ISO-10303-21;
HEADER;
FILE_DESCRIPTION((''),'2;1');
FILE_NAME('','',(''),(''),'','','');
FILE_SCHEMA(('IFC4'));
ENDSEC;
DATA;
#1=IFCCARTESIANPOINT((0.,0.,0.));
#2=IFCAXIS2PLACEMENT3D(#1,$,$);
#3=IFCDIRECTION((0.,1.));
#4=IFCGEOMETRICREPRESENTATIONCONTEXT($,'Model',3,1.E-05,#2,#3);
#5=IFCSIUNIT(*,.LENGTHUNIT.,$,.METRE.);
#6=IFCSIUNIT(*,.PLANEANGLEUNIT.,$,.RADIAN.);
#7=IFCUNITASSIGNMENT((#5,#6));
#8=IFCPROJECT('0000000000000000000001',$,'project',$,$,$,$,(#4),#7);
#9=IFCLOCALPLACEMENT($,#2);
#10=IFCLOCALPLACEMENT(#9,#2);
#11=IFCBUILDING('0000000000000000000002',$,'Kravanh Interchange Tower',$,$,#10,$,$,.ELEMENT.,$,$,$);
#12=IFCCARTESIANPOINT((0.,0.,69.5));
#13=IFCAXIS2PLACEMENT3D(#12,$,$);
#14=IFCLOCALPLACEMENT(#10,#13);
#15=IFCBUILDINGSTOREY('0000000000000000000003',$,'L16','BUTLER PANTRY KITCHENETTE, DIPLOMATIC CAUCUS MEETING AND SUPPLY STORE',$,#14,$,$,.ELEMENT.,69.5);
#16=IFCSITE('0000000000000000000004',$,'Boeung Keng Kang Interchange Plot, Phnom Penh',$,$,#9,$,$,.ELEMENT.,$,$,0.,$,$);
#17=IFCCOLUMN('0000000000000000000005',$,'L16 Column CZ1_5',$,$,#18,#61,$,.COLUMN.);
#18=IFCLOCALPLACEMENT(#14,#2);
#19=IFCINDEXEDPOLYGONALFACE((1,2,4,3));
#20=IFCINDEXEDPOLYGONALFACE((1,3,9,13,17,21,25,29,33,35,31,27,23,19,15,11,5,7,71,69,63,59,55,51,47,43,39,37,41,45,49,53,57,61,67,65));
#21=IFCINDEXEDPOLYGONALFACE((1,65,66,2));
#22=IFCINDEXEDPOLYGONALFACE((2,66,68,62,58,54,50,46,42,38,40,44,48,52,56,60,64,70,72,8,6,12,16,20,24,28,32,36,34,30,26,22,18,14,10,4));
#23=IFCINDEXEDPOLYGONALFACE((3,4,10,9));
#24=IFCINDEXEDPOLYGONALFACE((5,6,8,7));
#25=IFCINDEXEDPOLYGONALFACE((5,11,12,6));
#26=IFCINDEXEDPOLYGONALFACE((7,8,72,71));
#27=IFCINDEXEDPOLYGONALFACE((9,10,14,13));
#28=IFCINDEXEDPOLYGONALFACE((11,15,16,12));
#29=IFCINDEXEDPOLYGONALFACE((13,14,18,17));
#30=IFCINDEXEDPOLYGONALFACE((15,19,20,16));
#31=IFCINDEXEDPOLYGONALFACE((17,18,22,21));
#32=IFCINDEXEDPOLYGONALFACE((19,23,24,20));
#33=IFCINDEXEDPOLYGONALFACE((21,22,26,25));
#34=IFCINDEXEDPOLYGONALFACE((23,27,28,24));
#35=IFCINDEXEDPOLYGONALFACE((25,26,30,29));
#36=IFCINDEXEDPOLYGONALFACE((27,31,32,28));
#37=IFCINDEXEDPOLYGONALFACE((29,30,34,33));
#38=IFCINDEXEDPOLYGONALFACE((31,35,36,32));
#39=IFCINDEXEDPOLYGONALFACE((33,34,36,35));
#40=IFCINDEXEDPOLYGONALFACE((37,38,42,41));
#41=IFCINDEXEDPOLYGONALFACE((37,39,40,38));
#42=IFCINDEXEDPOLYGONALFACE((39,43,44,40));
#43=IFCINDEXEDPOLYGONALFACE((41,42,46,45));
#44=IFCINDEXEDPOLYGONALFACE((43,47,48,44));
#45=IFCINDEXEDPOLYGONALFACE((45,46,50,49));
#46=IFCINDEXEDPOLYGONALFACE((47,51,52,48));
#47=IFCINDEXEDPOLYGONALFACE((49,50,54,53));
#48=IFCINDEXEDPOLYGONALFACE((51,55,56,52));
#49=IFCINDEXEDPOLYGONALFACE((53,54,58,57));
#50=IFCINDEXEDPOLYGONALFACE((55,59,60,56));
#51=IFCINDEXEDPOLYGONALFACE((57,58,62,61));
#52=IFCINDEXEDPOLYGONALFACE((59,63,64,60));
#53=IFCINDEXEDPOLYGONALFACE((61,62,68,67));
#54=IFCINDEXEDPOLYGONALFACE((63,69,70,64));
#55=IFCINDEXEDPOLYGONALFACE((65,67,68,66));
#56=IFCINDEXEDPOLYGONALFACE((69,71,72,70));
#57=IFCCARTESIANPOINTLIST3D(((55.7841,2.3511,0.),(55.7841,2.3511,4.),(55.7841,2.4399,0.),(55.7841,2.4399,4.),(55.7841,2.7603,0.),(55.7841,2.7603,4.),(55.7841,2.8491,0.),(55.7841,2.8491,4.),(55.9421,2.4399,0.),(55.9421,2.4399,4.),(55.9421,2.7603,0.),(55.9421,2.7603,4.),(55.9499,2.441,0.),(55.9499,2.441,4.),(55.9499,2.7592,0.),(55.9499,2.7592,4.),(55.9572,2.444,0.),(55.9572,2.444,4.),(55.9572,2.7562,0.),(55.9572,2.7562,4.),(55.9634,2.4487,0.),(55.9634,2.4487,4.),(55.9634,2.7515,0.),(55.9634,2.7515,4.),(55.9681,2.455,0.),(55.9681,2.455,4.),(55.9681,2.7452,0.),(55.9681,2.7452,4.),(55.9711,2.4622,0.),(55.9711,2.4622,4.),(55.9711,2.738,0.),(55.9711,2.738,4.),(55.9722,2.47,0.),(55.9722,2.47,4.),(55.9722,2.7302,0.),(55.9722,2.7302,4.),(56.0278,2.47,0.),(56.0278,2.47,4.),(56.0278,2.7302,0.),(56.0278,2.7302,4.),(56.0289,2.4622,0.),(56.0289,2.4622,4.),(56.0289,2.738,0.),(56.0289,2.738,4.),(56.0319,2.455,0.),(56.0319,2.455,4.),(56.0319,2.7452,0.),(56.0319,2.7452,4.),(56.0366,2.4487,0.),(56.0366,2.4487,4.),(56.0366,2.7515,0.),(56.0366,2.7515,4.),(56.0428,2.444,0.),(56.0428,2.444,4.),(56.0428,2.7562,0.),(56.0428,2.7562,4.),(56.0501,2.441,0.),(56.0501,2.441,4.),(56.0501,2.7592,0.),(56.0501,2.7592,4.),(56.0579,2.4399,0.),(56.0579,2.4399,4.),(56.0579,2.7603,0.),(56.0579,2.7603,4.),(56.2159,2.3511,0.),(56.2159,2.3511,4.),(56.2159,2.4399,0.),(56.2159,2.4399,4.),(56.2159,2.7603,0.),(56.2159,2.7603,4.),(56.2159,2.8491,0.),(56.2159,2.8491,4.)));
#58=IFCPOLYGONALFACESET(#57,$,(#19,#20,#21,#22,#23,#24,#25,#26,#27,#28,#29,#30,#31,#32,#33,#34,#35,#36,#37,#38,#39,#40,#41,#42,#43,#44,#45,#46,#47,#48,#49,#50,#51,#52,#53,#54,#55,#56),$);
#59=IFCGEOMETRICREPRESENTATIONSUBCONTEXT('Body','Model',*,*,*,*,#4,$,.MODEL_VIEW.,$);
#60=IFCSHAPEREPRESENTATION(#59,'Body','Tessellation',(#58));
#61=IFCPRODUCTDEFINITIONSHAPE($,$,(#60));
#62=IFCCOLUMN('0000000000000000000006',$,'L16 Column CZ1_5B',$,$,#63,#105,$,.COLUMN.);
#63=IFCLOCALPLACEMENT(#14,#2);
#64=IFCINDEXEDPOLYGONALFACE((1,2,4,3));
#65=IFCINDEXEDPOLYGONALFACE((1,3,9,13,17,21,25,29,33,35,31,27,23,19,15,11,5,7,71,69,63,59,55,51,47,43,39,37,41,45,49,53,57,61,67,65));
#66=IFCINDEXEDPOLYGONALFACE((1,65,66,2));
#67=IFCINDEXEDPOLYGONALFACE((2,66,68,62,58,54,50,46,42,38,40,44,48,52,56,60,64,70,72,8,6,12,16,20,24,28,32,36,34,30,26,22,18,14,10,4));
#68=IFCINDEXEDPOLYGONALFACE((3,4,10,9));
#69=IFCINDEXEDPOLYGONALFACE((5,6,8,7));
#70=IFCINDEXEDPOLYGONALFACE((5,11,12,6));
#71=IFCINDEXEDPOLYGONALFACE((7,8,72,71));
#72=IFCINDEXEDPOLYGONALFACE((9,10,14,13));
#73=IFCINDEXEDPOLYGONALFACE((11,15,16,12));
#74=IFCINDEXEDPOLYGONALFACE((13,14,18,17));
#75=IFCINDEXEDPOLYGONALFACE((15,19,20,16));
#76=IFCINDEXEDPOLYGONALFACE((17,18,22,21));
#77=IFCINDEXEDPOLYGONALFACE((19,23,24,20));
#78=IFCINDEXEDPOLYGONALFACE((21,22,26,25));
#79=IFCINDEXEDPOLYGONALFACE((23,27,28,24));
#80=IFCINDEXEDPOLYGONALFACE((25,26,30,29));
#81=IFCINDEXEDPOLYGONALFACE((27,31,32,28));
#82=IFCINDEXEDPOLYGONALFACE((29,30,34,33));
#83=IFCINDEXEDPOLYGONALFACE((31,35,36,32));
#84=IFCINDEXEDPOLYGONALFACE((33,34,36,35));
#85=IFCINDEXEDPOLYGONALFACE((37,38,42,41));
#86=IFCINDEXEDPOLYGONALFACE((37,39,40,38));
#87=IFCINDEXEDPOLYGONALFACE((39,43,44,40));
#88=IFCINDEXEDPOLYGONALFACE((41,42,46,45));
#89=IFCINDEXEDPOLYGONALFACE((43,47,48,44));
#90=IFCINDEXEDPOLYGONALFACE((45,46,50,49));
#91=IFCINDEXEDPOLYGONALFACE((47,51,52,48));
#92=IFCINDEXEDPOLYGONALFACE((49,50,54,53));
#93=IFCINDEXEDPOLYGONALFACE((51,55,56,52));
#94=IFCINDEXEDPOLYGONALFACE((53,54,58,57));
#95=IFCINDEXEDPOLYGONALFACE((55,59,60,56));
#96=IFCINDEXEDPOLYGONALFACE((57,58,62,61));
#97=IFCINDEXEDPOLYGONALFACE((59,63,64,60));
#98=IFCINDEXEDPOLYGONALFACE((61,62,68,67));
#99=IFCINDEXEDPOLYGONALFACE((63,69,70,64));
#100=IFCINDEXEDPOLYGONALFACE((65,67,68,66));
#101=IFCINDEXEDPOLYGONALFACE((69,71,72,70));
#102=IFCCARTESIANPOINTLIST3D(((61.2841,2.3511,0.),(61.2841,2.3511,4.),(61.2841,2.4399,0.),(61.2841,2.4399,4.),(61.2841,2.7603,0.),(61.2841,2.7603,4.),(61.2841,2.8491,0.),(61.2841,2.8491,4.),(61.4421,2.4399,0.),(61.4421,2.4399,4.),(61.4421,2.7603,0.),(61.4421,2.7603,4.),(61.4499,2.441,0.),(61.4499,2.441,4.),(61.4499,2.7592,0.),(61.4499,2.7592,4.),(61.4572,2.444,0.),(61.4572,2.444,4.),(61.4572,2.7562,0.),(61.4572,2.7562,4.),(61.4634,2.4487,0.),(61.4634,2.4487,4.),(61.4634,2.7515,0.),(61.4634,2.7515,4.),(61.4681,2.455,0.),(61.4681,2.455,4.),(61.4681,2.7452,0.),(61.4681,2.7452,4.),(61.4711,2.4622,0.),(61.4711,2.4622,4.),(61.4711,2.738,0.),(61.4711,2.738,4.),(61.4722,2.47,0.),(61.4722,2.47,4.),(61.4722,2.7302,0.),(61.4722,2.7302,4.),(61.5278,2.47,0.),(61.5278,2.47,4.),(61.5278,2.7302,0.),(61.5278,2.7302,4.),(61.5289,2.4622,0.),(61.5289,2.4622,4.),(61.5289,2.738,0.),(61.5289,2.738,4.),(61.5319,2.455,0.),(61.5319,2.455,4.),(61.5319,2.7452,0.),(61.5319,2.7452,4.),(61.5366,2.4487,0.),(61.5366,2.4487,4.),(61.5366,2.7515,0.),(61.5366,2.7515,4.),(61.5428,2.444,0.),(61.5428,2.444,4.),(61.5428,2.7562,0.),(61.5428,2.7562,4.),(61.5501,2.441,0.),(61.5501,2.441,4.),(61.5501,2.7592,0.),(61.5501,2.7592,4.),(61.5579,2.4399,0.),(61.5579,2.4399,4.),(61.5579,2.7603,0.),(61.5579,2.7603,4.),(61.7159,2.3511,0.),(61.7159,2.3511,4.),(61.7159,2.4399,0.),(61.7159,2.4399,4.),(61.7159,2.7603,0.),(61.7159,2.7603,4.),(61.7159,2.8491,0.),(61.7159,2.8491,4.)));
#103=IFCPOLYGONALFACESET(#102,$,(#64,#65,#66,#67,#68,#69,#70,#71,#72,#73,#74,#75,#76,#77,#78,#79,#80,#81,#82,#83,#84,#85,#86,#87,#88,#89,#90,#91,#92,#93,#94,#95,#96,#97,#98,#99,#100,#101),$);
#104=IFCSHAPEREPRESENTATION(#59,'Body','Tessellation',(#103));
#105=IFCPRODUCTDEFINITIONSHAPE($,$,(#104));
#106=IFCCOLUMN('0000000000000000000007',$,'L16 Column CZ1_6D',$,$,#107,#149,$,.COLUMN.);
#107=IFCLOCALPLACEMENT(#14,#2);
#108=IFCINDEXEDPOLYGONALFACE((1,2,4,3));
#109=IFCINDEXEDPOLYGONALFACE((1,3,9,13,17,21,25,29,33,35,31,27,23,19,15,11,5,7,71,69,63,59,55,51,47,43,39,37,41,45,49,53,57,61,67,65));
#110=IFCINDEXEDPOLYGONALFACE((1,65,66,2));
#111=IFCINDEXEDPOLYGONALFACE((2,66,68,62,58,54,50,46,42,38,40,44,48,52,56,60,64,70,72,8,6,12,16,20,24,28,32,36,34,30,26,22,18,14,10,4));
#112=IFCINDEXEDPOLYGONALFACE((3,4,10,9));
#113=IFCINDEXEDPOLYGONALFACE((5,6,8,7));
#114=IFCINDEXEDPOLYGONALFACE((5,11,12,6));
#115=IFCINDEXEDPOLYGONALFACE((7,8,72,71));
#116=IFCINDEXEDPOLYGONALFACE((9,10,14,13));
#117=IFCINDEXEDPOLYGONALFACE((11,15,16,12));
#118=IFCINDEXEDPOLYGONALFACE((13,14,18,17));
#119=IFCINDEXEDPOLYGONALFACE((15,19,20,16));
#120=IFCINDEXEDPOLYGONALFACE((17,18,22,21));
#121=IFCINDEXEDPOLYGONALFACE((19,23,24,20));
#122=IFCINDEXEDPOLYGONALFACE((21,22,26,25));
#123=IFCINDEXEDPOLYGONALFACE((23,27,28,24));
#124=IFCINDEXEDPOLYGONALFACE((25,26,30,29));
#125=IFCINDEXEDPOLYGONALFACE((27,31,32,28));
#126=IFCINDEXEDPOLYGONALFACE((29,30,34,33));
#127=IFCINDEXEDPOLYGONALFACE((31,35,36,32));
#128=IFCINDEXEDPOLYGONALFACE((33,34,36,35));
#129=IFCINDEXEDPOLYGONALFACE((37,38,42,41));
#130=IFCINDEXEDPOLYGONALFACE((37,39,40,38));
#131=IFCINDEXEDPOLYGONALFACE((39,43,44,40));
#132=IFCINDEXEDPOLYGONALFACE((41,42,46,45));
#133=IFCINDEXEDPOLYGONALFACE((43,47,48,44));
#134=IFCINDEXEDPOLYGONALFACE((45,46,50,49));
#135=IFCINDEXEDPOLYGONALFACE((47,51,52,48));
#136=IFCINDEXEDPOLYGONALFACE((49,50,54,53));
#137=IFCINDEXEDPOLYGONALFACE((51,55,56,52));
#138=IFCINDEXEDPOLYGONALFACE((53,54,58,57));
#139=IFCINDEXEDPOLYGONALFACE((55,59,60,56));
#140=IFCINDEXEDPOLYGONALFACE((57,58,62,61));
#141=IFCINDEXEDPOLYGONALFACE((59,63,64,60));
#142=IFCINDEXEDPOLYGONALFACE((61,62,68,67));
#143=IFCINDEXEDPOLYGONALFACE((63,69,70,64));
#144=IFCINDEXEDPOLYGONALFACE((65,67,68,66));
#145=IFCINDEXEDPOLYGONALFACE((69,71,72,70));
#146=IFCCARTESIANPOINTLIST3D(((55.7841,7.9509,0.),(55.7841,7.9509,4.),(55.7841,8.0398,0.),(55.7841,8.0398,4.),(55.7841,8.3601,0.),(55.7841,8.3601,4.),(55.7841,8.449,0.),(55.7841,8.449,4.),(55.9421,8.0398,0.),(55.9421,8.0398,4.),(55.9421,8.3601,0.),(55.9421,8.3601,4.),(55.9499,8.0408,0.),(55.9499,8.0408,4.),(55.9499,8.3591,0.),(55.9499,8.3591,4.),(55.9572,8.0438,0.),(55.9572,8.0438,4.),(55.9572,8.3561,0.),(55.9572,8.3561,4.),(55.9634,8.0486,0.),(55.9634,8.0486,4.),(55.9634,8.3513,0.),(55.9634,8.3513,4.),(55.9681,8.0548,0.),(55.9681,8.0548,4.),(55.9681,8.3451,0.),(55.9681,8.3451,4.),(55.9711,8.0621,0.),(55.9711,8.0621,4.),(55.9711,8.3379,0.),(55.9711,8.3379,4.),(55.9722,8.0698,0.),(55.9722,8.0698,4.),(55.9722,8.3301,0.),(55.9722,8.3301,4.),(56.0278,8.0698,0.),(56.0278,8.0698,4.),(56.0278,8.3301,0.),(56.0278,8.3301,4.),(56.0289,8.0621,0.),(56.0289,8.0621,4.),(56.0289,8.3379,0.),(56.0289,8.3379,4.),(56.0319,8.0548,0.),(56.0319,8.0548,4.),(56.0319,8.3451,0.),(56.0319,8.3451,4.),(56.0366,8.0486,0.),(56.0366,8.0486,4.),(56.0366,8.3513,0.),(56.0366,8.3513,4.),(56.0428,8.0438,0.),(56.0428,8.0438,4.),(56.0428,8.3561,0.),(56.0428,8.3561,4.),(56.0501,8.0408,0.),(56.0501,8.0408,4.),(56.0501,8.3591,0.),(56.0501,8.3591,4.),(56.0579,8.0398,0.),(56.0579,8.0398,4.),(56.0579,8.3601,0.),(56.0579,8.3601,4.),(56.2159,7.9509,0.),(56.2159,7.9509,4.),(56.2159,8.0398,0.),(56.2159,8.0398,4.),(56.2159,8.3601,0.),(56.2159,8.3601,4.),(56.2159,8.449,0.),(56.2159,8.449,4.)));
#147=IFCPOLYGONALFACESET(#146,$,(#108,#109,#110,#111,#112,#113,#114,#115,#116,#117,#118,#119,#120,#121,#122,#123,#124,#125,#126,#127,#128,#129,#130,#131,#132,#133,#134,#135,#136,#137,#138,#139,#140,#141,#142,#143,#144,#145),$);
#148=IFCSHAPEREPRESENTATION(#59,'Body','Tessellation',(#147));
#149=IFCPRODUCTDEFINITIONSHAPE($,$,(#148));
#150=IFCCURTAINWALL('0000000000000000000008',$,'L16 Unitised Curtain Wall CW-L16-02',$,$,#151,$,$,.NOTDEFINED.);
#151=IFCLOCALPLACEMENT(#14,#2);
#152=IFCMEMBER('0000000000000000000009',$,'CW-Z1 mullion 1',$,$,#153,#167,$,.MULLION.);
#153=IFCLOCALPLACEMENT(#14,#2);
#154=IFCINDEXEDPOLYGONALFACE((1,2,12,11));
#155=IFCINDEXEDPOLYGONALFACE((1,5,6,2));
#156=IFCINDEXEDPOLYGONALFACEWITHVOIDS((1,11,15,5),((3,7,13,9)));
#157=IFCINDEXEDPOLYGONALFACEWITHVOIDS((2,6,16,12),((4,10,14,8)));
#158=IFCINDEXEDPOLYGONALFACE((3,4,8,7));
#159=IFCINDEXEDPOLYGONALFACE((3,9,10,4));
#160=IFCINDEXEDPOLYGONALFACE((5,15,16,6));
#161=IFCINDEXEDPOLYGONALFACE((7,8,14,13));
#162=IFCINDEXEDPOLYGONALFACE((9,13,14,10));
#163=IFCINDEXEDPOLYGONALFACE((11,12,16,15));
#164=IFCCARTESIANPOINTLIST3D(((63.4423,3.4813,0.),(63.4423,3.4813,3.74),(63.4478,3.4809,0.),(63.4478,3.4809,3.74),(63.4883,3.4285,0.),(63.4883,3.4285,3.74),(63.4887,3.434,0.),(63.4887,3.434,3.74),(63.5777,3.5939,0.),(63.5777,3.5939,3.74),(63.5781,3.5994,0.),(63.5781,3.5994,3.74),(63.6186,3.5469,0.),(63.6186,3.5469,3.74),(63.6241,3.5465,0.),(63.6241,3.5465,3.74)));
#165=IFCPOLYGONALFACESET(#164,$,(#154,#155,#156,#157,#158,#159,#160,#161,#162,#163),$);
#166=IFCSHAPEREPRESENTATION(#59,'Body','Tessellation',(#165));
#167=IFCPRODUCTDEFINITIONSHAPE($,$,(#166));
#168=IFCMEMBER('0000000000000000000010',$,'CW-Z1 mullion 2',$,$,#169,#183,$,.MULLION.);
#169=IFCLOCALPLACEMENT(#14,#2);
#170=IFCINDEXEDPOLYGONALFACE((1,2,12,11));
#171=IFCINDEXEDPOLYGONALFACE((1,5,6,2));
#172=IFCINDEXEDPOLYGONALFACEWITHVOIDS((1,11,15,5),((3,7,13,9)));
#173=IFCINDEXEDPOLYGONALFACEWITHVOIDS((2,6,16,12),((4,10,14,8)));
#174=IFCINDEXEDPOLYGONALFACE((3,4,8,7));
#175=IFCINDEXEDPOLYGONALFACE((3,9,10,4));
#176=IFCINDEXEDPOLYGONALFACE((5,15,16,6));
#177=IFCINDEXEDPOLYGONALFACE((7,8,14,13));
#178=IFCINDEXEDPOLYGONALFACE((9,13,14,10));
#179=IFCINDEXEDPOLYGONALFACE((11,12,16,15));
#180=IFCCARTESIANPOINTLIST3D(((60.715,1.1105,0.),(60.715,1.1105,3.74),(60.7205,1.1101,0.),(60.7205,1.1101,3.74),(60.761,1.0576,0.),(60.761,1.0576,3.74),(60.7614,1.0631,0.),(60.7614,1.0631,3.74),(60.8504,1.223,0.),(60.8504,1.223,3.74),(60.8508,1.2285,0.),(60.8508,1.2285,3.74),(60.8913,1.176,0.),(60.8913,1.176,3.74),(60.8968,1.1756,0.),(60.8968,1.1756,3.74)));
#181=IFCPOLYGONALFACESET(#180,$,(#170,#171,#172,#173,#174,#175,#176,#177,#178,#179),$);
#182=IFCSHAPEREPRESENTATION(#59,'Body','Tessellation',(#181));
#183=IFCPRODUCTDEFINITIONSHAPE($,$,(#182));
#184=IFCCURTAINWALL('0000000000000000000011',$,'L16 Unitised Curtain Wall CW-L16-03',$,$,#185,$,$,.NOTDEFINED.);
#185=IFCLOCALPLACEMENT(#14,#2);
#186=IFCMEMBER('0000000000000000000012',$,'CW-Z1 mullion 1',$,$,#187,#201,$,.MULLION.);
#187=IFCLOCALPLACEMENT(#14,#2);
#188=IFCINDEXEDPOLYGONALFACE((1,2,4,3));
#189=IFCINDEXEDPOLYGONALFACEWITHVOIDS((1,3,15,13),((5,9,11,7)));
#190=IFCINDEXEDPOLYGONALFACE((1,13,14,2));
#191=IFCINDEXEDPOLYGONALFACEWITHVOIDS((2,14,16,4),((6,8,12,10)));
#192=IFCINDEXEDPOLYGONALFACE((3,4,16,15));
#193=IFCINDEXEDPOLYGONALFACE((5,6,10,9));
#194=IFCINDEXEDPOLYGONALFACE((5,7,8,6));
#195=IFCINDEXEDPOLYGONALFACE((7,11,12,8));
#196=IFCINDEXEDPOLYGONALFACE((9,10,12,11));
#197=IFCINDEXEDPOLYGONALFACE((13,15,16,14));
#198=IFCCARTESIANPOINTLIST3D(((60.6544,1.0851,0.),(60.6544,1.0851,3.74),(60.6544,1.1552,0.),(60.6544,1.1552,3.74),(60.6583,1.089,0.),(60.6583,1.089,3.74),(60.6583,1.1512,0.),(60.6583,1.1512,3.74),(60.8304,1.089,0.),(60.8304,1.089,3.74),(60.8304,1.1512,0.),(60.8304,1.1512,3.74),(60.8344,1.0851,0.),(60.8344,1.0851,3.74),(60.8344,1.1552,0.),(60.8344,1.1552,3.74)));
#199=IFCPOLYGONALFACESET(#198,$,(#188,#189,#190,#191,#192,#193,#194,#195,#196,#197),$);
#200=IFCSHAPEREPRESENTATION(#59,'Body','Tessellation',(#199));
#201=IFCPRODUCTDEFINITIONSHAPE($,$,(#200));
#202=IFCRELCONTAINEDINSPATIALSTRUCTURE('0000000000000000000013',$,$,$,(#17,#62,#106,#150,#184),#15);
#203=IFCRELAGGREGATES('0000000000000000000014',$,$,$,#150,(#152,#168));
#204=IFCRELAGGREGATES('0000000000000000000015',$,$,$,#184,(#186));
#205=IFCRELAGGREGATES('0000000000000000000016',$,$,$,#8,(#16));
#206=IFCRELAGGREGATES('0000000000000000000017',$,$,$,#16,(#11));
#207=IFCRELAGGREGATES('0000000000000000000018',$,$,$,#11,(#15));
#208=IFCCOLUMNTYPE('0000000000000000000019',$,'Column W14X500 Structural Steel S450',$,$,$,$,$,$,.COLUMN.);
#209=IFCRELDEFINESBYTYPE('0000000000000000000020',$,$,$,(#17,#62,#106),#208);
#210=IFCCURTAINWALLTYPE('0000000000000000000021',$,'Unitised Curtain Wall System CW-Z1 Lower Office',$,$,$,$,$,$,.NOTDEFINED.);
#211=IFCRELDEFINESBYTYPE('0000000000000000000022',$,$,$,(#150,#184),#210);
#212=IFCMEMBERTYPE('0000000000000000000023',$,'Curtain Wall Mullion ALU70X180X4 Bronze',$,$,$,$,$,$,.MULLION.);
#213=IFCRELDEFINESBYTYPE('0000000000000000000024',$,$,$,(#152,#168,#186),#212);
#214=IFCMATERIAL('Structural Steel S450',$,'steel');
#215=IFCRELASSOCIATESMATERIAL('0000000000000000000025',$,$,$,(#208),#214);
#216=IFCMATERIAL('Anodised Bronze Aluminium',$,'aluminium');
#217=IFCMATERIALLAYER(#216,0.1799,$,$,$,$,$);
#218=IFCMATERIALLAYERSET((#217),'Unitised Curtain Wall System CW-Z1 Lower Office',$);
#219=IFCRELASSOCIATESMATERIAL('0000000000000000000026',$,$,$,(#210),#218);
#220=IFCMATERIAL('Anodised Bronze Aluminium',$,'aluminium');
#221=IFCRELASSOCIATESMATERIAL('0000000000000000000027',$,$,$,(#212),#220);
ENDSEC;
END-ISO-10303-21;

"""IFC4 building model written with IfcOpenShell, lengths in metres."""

from ifc_helpers import new_model, si_unit, direction, frame, origin, origin_2d, place, context, subcontext, project, spatial, hollow_rectangle, i_section, extrude, material, layer, layer_set, material_profile, profile_set, type_object, element, aggregate, save


model = new_model("IFC4")

# Units and contexts
model_context = context("Model", 3, precision=1e-05, world=origin(), true_north=direction((0.0, 1.0)))
body_context = subcontext(model_context, "Body", "Model", "MODEL_VIEW")
ifc_project = project(units=[si_unit("LENGTHUNIT", "METRE"), si_unit("PLANEANGLEUNIT", "RADIAN")], contexts=[model_context])

# Site, building, storey
site_placement = place(None, origin())
site = spatial("IfcSite", under=ifc_project, at=site_placement, Name="Boeung Keng Kang Interchange Plot, Phnom Penh", CompositionType="ELEMENT", RefElevation=0.0)
building_placement = place(site_placement, origin())
building = spatial("IfcBuilding", under=site, at=building_placement, Name="Kravanh Interchange Tower", CompositionType="ELEMENT")
storey_placement = place(building_placement, frame((0.0, 0.0, 69.5)))
storey = spatial("IfcBuildingStorey", under=building, at=storey_placement, Name="L16", Description="BUTLER PANTRY KITCHENETTE, DIPLOMATIC CAUCUS MEETING AND SUPPLY STORE", CompositionType="ELEMENT", Elevation=69.5)

# Columns
ifc_material_1 = material(Name="Structural Steel S450", Category="steel")
ifc_material_profile_1 = material_profile(ifc_material_1, i_section(OverallWidth=0.4319, OverallDepth=0.498, WebThickness=0.0557, FlangeThickness=0.0889, FilletRadius=0.03, at=origin_2d()), Name="W14X500")
ifc_profile_set_1 = profile_set([ifc_material_profile_1], Name="Structural Steel S450")
column_type = type_object("IfcColumnType", Name="Column W14X500 Structural Steel S450", PredefinedType="COLUMN", material=ifc_profile_set_1)
for number, where, z_axis, x_axis, name in (
    (1, (56.0, 2.6001, 0.0), (0.0, 0.0, 1.0), (1.0, 0.0, 0.0), "L16 Column CZ1_5"),
    (2, (61.5, 2.6001, 0.0), (0.0, 0.0, 1.0), (1.0, 0.0, 0.0), "L16 Column CZ1_5B"),
    (3, (56.0, 8.2, 0.0), (0.0, 0.0, 1.0), (1.0, 0.0, 0.0), "L16 Column CZ1_6D"),
):
    element("IfcColumn", number, at=place(storey_placement, frame(where, z_axis=z_axis, x_axis=x_axis)), inside=storey, type_object=column_type, Name=name, PredefinedType="COLUMN", context=body_context, shape_type="SweptSolid", body=[
        extrude(i_section(OverallWidth=0.4319, OverallDepth=0.498, WebThickness=0.0557, FlangeThickness=0.0889, FilletRadius=0.03, at=origin_2d()), origin(), (0.0, 0.0, 1.0), 4.0),
    ])

# Curtain walls, members
ifc_material_2 = material(Name="Anodised Bronze Aluminium", Category="aluminium")
ifc_layer_1 = layer(ifc_material_2, 0.1799)
ifc_layer_set_1 = layer_set([ifc_layer_1], Name="Unitised Curtain Wall System CW-Z1 Lower Office")
curtain_wall_type = type_object("IfcCurtainWallType", Name="Unitised Curtain Wall System CW-Z1 Lower Office", PredefinedType="NOTDEFINED", material=ifc_layer_set_1)
curtain_wall_1_placement = place(storey_placement, origin())
curtain_wall_1 = element("IfcCurtainWall", 4, at=curtain_wall_1_placement, inside=storey, type_object=curtain_wall_type, Name="L16 Unitised Curtain Wall CW-L16-02", PredefinedType="NOTDEFINED")
ifc_material_3 = material(Name="Anodised Bronze Aluminium", Category="aluminium")
ifc_material_profile_2 = material_profile(ifc_material_3, hollow_rectangle(XDim=0.0701, YDim=0.1799, WallThickness=0.0039, at=origin_2d()), Name="ALU70X180X4")
ifc_profile_set_2 = profile_set([ifc_material_profile_2], Name="Anodised Bronze Aluminium")
member_type_1 = type_object("IfcMemberType", Name="Curtain Wall Mullion ALU70X180X4 Bronze", PredefinedType="MULLION", material=ifc_profile_set_2)
member_1_placement = place(storey_placement, frame((63.5332, 3.5139, 0.0), z_axis=(0.0, 0.0, 1.0), x_axis=(0.65606, -0.754708, 0.0)))
member_1 = element("IfcMember", 5, at=member_1_placement, type_object=member_type_1, Name="CW-Z1 mullion 1", PredefinedType="MULLION", context=body_context, shape_type="SweptSolid", body=[
    extrude(hollow_rectangle(XDim=0.0701, YDim=0.1799, WallThickness=0.0039, at=origin_2d()), origin(), (0.0, 0.0, 1.0), 3.74),
])
member_2_placement = place(storey_placement, frame((60.8059, 1.1431, 0.0), z_axis=(0.0, 0.0, 1.0), x_axis=(0.65606, -0.754708, 0.0)))
member_2 = element("IfcMember", 6, at=member_2_placement, type_object=member_type_1, Name="CW-Z1 mullion 2", PredefinedType="MULLION", context=body_context, shape_type="SweptSolid", body=[
    extrude(hollow_rectangle(XDim=0.0701, YDim=0.1799, WallThickness=0.0039, at=origin_2d()), origin(), (0.0, 0.0, 1.0), 3.74),
])
curtain_wall_2_placement = place(storey_placement, origin())
curtain_wall_2 = element("IfcCurtainWall", 7, at=curtain_wall_2_placement, inside=storey, type_object=curtain_wall_type, Name="L16 Unitised Curtain Wall CW-L16-03", PredefinedType="NOTDEFINED")
member_3_placement = place(storey_placement, frame((60.7444, 1.1201, 0.0), z_axis=(0.0, 0.0, 1.0), x_axis=(0.0, -1.0, 0.0)))
member_3 = element("IfcMember", 8, at=member_3_placement, type_object=member_type_1, Name="CW-Z1 mullion 1", PredefinedType="MULLION", context=body_context, shape_type="SweptSolid", body=[
    extrude(hollow_rectangle(XDim=0.0701, YDim=0.1799, WallThickness=0.0039, at=origin_2d()), origin(), (0.0, 0.0, 1.0), 3.74),
])

aggregate(curtain_wall_1, [member_1, member_2])
aggregate(curtain_wall_2, [member_3])

save(model, "model.ifc")
